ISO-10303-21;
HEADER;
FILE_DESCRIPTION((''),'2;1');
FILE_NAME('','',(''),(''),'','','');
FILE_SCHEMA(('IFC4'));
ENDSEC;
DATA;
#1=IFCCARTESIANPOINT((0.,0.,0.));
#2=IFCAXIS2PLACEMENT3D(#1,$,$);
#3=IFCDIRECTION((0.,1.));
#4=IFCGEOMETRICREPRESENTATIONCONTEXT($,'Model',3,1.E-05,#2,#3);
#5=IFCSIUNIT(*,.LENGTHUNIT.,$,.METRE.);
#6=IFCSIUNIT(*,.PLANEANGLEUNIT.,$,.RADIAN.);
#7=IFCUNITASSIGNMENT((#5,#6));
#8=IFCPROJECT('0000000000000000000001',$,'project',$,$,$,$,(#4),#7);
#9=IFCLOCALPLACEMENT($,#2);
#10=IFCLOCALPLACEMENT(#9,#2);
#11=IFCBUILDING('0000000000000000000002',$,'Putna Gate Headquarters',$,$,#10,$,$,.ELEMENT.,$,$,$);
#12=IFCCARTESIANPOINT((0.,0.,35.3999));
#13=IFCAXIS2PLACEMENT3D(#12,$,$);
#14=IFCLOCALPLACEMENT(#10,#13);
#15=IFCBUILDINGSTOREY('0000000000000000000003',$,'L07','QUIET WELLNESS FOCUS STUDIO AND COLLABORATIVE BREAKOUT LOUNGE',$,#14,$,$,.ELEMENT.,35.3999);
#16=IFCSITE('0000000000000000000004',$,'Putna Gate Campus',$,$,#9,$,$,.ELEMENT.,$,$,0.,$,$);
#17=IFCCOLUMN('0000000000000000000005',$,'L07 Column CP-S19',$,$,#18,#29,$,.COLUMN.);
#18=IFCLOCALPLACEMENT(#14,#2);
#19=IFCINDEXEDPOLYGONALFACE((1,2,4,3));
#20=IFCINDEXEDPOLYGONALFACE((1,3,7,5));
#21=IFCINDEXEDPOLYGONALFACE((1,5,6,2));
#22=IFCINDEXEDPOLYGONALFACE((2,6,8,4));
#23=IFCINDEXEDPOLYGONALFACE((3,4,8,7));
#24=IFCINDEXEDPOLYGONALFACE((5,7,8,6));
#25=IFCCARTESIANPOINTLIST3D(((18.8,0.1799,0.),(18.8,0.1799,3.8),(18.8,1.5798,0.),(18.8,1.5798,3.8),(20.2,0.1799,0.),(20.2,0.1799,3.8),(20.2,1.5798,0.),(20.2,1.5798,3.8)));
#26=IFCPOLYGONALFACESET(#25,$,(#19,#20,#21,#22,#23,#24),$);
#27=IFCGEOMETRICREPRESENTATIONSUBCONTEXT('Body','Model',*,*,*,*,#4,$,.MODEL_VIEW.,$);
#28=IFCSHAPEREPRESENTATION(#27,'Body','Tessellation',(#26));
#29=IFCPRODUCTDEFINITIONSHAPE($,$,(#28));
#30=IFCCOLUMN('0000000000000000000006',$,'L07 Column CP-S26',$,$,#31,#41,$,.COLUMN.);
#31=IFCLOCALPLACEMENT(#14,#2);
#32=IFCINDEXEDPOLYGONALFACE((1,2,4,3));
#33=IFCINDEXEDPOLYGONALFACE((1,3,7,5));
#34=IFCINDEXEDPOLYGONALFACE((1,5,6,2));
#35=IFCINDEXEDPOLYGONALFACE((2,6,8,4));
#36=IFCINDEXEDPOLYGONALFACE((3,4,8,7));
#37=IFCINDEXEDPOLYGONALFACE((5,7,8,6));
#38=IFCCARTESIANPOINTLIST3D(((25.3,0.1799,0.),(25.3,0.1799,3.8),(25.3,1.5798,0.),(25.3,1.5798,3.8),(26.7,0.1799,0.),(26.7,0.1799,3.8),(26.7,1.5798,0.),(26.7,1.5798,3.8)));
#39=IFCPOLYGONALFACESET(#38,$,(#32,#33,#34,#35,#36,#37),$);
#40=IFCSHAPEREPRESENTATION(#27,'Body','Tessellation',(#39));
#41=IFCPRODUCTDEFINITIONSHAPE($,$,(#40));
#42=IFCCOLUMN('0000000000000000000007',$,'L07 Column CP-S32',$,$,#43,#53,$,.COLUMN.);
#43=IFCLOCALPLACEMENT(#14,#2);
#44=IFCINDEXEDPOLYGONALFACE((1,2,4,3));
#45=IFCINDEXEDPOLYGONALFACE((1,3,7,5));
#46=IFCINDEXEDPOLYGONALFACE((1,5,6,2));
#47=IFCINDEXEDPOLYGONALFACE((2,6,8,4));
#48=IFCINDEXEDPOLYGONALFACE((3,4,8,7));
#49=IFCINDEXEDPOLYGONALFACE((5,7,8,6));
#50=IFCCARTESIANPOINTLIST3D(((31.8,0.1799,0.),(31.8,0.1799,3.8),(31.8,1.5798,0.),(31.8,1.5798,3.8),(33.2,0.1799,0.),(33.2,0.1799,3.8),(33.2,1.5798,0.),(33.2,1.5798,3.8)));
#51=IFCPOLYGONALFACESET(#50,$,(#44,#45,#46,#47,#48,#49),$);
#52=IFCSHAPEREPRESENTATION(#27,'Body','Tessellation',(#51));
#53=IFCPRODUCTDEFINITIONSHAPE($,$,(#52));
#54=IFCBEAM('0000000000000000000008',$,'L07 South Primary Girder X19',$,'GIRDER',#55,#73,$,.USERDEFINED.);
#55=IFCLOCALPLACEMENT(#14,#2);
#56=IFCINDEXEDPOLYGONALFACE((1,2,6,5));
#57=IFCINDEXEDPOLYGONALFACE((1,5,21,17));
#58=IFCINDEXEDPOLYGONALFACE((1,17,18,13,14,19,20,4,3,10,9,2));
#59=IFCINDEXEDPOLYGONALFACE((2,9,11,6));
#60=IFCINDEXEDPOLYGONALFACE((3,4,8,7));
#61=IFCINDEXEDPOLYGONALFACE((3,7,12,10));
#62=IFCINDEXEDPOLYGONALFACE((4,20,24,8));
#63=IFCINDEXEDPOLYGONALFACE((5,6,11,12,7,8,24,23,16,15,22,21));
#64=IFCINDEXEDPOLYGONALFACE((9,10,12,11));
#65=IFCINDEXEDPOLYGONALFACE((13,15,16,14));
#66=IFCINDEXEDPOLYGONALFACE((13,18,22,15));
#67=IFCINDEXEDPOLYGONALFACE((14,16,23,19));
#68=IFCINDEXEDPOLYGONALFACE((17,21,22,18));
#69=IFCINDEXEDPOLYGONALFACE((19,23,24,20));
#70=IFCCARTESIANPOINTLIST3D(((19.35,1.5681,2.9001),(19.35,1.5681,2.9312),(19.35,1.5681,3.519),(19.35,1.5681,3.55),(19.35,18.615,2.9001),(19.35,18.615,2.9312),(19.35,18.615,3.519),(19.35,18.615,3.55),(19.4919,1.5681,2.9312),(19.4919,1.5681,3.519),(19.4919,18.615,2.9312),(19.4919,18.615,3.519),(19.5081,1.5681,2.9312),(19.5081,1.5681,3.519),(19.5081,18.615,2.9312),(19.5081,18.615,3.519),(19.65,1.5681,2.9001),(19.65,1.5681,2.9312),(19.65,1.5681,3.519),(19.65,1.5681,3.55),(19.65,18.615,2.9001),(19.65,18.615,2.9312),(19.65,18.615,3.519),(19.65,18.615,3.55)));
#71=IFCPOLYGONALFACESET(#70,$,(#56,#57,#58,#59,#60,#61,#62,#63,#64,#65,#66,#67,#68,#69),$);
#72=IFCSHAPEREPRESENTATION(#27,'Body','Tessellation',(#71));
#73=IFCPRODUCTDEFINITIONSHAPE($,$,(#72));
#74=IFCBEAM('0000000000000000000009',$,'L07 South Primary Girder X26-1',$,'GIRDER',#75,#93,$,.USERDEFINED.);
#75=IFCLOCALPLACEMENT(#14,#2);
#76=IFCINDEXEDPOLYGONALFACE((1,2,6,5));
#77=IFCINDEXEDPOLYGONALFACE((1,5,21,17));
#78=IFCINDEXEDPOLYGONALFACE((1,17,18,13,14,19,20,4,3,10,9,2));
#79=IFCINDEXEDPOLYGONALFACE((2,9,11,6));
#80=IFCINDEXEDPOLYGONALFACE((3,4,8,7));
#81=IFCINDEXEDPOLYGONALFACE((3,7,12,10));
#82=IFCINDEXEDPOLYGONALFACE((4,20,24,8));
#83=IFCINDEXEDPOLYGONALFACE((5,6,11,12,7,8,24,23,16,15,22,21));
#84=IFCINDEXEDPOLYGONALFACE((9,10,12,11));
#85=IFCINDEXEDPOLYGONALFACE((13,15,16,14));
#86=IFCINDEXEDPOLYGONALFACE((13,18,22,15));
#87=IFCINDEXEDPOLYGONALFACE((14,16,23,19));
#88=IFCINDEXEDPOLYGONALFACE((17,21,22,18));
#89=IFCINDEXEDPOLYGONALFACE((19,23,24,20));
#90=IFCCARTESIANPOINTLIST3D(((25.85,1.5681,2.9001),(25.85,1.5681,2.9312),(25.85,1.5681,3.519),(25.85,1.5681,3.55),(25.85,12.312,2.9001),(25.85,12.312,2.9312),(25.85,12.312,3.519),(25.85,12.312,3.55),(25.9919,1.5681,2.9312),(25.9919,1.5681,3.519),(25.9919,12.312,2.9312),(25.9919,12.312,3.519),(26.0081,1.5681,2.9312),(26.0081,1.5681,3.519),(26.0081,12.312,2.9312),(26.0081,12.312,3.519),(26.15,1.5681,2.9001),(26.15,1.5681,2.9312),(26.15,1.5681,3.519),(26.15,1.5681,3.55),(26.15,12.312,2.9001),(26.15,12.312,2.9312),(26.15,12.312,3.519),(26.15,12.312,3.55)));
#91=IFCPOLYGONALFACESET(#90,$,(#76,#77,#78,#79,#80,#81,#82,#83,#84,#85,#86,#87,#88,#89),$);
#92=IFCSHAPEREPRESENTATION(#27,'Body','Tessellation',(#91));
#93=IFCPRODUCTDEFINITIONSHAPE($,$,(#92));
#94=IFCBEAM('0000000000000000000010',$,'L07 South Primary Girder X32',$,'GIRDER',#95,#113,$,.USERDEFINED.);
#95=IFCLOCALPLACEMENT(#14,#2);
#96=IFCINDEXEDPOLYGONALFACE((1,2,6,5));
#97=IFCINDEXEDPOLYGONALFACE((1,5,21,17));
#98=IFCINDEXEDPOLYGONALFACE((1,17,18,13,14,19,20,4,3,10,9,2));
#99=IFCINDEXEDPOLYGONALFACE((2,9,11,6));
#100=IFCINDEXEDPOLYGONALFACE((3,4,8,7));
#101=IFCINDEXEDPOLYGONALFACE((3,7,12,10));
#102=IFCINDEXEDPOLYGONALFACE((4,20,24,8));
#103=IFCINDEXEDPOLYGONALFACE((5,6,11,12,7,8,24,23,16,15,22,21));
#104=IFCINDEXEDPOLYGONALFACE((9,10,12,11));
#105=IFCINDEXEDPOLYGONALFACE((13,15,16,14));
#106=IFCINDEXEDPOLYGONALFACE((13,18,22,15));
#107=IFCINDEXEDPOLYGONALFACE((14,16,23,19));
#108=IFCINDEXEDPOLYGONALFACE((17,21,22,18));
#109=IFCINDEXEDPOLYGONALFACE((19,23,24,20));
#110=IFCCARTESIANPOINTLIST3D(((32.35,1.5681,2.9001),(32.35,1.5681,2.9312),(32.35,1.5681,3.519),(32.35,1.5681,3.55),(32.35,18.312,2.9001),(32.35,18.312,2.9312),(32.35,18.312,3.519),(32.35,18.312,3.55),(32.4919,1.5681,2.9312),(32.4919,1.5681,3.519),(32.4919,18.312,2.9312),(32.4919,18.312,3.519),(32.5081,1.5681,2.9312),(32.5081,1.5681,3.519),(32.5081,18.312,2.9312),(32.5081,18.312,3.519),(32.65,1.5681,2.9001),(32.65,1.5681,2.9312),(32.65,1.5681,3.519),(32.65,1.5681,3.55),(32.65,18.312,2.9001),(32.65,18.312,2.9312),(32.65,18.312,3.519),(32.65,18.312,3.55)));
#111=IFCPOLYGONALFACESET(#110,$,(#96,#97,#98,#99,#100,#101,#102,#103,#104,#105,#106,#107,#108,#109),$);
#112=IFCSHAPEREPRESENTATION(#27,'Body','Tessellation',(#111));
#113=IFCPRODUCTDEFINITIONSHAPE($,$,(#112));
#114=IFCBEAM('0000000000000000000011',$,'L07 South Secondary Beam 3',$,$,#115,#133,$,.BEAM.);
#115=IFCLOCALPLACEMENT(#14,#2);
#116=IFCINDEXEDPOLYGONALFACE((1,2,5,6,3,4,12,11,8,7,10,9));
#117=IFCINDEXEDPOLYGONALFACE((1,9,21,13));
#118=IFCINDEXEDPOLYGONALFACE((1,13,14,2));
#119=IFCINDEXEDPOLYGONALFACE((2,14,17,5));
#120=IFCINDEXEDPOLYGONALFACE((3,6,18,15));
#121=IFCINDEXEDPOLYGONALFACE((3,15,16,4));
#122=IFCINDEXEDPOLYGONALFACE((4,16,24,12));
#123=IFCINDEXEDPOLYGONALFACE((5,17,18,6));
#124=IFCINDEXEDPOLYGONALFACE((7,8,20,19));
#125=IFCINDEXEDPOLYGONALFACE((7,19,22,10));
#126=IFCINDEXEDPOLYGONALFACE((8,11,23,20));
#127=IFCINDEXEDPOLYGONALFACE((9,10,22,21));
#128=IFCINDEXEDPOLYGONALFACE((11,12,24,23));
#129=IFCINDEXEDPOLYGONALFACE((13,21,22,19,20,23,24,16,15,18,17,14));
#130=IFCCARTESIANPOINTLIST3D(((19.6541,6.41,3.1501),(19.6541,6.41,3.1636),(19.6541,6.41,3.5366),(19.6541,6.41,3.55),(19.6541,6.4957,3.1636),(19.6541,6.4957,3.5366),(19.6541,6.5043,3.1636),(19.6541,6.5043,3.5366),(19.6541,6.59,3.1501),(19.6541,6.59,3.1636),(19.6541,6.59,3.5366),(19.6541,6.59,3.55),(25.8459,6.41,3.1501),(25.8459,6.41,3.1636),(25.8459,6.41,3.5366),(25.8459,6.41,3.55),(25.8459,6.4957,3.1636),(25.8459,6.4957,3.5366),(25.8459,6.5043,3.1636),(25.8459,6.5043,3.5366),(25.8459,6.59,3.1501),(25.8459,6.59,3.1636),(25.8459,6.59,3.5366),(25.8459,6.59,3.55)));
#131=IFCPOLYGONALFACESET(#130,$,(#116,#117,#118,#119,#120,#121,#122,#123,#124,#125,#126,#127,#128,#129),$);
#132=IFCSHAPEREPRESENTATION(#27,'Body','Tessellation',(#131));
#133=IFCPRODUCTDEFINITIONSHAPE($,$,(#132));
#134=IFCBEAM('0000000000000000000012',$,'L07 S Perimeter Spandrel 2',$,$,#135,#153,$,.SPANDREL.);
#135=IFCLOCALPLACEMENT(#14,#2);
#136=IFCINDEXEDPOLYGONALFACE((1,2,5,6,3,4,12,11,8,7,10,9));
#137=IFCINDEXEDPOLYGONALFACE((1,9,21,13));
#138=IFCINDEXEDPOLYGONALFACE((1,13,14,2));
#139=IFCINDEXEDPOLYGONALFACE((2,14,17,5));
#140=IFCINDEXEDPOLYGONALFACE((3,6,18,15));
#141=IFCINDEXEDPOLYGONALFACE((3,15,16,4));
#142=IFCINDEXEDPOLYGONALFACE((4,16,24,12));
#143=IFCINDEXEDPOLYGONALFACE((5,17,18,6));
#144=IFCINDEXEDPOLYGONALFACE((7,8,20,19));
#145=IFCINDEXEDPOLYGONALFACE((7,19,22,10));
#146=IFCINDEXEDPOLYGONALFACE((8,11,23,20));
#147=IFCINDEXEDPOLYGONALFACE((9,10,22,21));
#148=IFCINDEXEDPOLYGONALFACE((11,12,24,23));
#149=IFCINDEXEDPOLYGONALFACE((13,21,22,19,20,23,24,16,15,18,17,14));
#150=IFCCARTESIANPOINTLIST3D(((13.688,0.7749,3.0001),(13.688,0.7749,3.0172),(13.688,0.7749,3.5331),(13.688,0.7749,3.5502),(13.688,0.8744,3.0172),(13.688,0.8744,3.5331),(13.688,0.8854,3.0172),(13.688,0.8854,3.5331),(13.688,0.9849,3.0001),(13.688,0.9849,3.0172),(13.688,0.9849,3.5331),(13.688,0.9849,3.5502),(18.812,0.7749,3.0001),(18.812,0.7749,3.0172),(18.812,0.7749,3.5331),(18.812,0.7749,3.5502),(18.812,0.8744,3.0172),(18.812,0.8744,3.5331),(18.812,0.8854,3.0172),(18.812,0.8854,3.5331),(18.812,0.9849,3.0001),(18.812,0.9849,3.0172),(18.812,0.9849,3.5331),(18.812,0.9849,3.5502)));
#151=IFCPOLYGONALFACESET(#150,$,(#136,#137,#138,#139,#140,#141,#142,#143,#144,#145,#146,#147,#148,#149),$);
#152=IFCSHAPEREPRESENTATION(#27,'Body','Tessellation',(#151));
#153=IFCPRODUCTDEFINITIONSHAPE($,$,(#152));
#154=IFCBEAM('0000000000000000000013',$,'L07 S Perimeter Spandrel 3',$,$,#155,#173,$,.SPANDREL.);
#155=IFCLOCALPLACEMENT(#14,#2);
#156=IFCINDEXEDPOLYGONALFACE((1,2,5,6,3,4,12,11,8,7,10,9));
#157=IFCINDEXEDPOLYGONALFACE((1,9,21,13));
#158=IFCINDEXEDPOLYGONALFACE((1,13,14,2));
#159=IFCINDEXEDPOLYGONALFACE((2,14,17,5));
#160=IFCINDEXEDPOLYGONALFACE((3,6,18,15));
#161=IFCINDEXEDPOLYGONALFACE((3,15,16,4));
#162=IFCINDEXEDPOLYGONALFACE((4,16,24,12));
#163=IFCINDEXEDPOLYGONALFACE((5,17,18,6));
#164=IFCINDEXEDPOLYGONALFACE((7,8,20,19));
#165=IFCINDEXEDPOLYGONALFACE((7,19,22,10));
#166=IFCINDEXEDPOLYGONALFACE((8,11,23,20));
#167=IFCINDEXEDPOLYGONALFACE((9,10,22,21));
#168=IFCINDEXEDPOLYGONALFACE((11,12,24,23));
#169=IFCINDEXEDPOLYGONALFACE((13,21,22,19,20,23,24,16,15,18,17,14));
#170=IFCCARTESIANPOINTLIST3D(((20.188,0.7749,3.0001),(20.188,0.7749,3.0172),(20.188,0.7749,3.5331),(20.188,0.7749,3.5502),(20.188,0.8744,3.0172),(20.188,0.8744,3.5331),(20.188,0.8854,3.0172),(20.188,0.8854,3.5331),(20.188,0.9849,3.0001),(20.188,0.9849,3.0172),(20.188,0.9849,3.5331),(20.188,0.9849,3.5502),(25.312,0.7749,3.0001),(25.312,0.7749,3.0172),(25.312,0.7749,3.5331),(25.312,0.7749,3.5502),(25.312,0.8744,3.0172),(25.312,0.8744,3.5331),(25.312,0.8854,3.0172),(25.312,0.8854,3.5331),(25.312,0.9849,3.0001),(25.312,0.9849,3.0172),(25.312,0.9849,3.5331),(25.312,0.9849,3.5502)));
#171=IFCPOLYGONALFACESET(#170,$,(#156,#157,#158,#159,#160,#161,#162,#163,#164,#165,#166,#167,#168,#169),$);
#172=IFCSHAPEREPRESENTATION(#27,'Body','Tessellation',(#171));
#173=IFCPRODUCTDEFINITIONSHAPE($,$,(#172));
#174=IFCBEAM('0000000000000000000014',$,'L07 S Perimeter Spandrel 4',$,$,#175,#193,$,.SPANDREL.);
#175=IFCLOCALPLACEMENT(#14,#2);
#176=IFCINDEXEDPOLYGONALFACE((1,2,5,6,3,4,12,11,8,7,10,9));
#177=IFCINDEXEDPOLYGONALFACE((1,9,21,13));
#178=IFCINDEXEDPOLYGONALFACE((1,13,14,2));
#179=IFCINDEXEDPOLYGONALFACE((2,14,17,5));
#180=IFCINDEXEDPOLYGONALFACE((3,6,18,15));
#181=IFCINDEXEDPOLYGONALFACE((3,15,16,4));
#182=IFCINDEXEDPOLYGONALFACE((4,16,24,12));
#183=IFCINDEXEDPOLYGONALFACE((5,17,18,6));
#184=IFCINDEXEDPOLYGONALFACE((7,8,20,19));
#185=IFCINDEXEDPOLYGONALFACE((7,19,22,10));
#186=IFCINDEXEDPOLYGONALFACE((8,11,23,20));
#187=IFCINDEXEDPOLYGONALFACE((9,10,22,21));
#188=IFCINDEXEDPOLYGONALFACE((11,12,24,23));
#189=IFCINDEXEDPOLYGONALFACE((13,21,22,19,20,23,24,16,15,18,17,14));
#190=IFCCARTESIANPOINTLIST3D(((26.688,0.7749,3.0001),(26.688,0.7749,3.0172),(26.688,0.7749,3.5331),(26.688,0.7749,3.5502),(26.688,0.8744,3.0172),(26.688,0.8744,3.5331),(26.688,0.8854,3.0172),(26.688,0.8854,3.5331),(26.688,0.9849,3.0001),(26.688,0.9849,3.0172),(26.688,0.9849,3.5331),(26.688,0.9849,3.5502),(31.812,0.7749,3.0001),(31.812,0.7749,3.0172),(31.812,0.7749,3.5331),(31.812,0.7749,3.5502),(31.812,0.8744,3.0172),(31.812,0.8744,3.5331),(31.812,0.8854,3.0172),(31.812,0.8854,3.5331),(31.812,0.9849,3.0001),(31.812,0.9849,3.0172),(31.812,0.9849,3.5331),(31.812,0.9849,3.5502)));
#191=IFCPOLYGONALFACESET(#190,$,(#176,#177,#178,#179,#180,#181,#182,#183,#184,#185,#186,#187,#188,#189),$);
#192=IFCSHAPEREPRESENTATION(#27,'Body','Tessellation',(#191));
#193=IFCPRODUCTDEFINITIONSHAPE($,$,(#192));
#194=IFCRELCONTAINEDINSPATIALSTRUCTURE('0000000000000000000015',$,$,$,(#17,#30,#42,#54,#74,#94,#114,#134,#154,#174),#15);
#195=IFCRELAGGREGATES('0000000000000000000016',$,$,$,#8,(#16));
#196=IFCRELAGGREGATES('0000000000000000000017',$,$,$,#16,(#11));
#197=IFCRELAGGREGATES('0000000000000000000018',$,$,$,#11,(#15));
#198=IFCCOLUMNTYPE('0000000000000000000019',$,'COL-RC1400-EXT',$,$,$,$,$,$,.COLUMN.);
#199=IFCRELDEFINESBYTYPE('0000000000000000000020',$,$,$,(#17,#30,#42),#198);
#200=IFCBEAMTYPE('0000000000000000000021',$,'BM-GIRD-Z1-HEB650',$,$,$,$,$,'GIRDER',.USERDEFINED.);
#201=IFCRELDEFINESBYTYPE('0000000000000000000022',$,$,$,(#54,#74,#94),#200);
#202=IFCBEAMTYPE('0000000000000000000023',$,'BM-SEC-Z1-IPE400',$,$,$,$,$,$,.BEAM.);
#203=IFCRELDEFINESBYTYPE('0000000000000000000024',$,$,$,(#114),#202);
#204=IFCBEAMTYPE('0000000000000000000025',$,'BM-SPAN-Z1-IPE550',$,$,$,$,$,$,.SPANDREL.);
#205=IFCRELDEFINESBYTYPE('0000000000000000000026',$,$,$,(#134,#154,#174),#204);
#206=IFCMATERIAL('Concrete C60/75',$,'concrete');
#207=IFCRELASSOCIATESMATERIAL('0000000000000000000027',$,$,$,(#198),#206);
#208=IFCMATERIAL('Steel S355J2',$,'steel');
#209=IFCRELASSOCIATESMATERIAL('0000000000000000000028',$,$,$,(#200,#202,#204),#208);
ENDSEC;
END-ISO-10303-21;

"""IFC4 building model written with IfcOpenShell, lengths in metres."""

from ifc_helpers import new_model, si_unit, direction, frame, origin, origin_2d, place, context, subcontext, project, spatial, rectangle, i_section, extrude, material, material_profile, profile_set, type_object, element, save


model = new_model("IFC4")

# Units and contexts
model_context = context("Model", 3, precision=1e-05, world=origin(), true_north=direction((0.0, 1.0)))
body_context = subcontext(model_context, "Body", "Model", "MODEL_VIEW")
ifc_project = project(units=[si_unit("LENGTHUNIT", "METRE"), si_unit("PLANEANGLEUNIT", "RADIAN")], contexts=[model_context])

# Site, building, storey
site_placement = place(None, origin())
site = spatial("IfcSite", under=ifc_project, at=site_placement, Name="Putna Gate Campus", CompositionType="ELEMENT", RefElevation=0.0)
building_placement = place(site_placement, origin())
building = spatial("IfcBuilding", under=site, at=building_placement, Name="Putna Gate Headquarters", CompositionType="ELEMENT")
storey_placement = place(building_placement, frame((0.0, 0.0, 35.3999)))
storey = spatial("IfcBuildingStorey", under=building, at=storey_placement, Name="L07", Description="QUIET WELLNESS FOCUS STUDIO AND COLLABORATIVE BREAKOUT LOUNGE", CompositionType="ELEMENT", Elevation=35.3999)

# Columns
ifc_material_1 = material(Name="Concrete C60/75", Category="concrete")
ifc_material_profile_1 = material_profile(ifc_material_1, rectangle(XDim=1.3999, YDim=1.3999, at=origin_2d()), Name="Concrete C60/75")
ifc_profile_set_1 = profile_set([ifc_material_profile_1], Name="Concrete C60/75")
column_type = type_object("IfcColumnType", Name="COL-RC1400-EXT", PredefinedType="COLUMN", material=ifc_profile_set_1)
for number, where, z_axis, x_axis, name in (
    (1, (19.5, 0.8799, 0.0), (0.0, 0.0, 1.0), (1.0, 0.0, 0.0), "L07 Column CP-S19"),
    (2, (26.0, 0.8799, 0.0), (0.0, 0.0, 1.0), (1.0, 0.0, 0.0), "L07 Column CP-S26"),
    (3, (32.5, 0.8799, 0.0), (0.0, 0.0, 1.0), (1.0, 0.0, 0.0), "L07 Column CP-S32"),
):
    element("IfcColumn", number, at=place(storey_placement, frame(where, z_axis=z_axis, x_axis=x_axis)), inside=storey, type_object=column_type, Name=name, PredefinedType="COLUMN", context=body_context, shape_type="SweptSolid", body=[
        extrude(rectangle(XDim=1.3999, YDim=1.3999, at=origin_2d()), origin(), (0.0, 0.0, 1.0), 3.8),
    ])

# Beams
ifc_material_2 = material(Name="Steel S355J2", Category="steel")
ifc_material_profile_2 = material_profile(ifc_material_2, i_section(OverallWidth=0.3, OverallDepth=0.6499, WebThickness=0.0161, FlangeThickness=0.031, at=origin_2d()), Name="Steel S355J2")
ifc_profile_set_2 = profile_set([ifc_material_profile_2], Name="Steel S355J2")
beam_type_1 = type_object("IfcBeamType", Name="BM-GIRD-Z1-HEB650", ElementType="GIRDER", PredefinedType="USERDEFINED", material=ifc_profile_set_2)
beam_1_placement = place(storey_placement, frame((19.5, 1.5681, 3.2251), z_axis=(0.0, 1.0, 0.0), x_axis=(-1.0, 0.0, 0.0)))
element("IfcBeam", 4, at=beam_1_placement, inside=storey, type_object=beam_type_1, Name="L07 South Primary Girder X19", ObjectType="GIRDER", PredefinedType="USERDEFINED", context=body_context, shape_type="SweptSolid", body=[
    extrude(i_section(OverallWidth=0.3, OverallDepth=0.6499, WebThickness=0.0161, FlangeThickness=0.031, at=origin_2d()), origin(), (0.0, 0.0, 1.0), 17.0469),
])
beam_2_placement = place(storey_placement, frame((26.0, 1.5681, 3.2251), z_axis=(0.0, 1.0, 0.0), x_axis=(-1.0, 0.0, 0.0)))
element("IfcBeam", 5, at=beam_2_placement, inside=storey, type_object=beam_type_1, Name="L07 South Primary Girder X26-1", ObjectType="GIRDER", PredefinedType="USERDEFINED", context=body_context, shape_type="SweptSolid", body=[
    extrude(i_section(OverallWidth=0.3, OverallDepth=0.6499, WebThickness=0.0161, FlangeThickness=0.031, at=origin_2d()), origin(), (0.0, 0.0, 1.0), 10.7439),
])
beam_3_placement = place(storey_placement, frame((32.5, 1.5681, 3.2251), z_axis=(0.0, 1.0, 0.0), x_axis=(-1.0, 0.0, 0.0)))
element("IfcBeam", 6, at=beam_3_placement, inside=storey, type_object=beam_type_1, Name="L07 South Primary Girder X32", ObjectType="GIRDER", PredefinedType="USERDEFINED", context=body_context, shape_type="SweptSolid", body=[
    extrude(i_section(OverallWidth=0.3, OverallDepth=0.6499, WebThickness=0.0161, FlangeThickness=0.031, at=origin_2d()), origin(), (0.0, 0.0, 1.0), 16.7439),
])
ifc_material_profile_3 = material_profile(ifc_material_2, i_section(OverallWidth=0.1799, OverallDepth=0.3999, WebThickness=0.0085, FlangeThickness=0.0134, at=origin_2d()), Name="Steel S355J2")
ifc_profile_set_3 = profile_set([ifc_material_profile_3], Name="Steel S355J2")
beam_type_2 = type_object("IfcBeamType", Name="BM-SEC-Z1-IPE400", PredefinedType="BEAM", material=ifc_profile_set_3)
beam_4_placement = place(storey_placement, frame((19.6541, 6.5, 3.3501), z_axis=(1.0, 0.0, 0.0), x_axis=(0.0, 1.0, 0.0)))
element("IfcBeam", 7, at=beam_4_placement, inside=storey, type_object=beam_type_2, Name="L07 South Secondary Beam 3", PredefinedType="BEAM", context=body_context, shape_type="SweptSolid", body=[
    extrude(i_section(OverallWidth=0.1799, OverallDepth=0.3999, WebThickness=0.0085, FlangeThickness=0.0134, at=origin_2d()), origin(), (0.0, 0.0, 1.0), 6.1919),
])
ifc_material_profile_4 = material_profile(ifc_material_2, i_section(OverallWidth=0.21, OverallDepth=0.55, WebThickness=0.011, FlangeThickness=0.0171, at=origin_2d()), Name="Steel S355J2")
ifc_profile_set_4 = profile_set([ifc_material_profile_4], Name="Steel S355J2")
beam_type_3 = type_object("IfcBeamType", Name="BM-SPAN-Z1-IPE550", PredefinedType="SPANDREL", material=ifc_profile_set_4)
for number, where, z_axis, x_axis, name in (
    (8, (13.688, 0.8799, 3.2751), (1.0, 0.0, 0.0), (0.0, 1.0, 0.0), "L07 S Perimeter Spandrel 2"),
    (9, (20.188, 0.8799, 3.2751), (1.0, 0.0, 0.0), (0.0, 1.0, 0.0), "L07 S Perimeter Spandrel 3"),
    (10, (26.688, 0.8799, 3.2751), (1.0, 0.0, 0.0), (0.0, 1.0, 0.0), "L07 S Perimeter Spandrel 4"),
):
    element("IfcBeam", number, at=place(storey_placement, frame(where, z_axis=z_axis, x_axis=x_axis)), inside=storey, type_object=beam_type_3, Name=name, PredefinedType="SPANDREL", context=body_context, shape_type="SweptSolid", body=[
        extrude(i_section(OverallWidth=0.21, OverallDepth=0.55, WebThickness=0.011, FlangeThickness=0.0171, at=origin_2d()), origin(), (0.0, 0.0, 1.0), 5.124),
    ])

save(model, "model.ifc")
